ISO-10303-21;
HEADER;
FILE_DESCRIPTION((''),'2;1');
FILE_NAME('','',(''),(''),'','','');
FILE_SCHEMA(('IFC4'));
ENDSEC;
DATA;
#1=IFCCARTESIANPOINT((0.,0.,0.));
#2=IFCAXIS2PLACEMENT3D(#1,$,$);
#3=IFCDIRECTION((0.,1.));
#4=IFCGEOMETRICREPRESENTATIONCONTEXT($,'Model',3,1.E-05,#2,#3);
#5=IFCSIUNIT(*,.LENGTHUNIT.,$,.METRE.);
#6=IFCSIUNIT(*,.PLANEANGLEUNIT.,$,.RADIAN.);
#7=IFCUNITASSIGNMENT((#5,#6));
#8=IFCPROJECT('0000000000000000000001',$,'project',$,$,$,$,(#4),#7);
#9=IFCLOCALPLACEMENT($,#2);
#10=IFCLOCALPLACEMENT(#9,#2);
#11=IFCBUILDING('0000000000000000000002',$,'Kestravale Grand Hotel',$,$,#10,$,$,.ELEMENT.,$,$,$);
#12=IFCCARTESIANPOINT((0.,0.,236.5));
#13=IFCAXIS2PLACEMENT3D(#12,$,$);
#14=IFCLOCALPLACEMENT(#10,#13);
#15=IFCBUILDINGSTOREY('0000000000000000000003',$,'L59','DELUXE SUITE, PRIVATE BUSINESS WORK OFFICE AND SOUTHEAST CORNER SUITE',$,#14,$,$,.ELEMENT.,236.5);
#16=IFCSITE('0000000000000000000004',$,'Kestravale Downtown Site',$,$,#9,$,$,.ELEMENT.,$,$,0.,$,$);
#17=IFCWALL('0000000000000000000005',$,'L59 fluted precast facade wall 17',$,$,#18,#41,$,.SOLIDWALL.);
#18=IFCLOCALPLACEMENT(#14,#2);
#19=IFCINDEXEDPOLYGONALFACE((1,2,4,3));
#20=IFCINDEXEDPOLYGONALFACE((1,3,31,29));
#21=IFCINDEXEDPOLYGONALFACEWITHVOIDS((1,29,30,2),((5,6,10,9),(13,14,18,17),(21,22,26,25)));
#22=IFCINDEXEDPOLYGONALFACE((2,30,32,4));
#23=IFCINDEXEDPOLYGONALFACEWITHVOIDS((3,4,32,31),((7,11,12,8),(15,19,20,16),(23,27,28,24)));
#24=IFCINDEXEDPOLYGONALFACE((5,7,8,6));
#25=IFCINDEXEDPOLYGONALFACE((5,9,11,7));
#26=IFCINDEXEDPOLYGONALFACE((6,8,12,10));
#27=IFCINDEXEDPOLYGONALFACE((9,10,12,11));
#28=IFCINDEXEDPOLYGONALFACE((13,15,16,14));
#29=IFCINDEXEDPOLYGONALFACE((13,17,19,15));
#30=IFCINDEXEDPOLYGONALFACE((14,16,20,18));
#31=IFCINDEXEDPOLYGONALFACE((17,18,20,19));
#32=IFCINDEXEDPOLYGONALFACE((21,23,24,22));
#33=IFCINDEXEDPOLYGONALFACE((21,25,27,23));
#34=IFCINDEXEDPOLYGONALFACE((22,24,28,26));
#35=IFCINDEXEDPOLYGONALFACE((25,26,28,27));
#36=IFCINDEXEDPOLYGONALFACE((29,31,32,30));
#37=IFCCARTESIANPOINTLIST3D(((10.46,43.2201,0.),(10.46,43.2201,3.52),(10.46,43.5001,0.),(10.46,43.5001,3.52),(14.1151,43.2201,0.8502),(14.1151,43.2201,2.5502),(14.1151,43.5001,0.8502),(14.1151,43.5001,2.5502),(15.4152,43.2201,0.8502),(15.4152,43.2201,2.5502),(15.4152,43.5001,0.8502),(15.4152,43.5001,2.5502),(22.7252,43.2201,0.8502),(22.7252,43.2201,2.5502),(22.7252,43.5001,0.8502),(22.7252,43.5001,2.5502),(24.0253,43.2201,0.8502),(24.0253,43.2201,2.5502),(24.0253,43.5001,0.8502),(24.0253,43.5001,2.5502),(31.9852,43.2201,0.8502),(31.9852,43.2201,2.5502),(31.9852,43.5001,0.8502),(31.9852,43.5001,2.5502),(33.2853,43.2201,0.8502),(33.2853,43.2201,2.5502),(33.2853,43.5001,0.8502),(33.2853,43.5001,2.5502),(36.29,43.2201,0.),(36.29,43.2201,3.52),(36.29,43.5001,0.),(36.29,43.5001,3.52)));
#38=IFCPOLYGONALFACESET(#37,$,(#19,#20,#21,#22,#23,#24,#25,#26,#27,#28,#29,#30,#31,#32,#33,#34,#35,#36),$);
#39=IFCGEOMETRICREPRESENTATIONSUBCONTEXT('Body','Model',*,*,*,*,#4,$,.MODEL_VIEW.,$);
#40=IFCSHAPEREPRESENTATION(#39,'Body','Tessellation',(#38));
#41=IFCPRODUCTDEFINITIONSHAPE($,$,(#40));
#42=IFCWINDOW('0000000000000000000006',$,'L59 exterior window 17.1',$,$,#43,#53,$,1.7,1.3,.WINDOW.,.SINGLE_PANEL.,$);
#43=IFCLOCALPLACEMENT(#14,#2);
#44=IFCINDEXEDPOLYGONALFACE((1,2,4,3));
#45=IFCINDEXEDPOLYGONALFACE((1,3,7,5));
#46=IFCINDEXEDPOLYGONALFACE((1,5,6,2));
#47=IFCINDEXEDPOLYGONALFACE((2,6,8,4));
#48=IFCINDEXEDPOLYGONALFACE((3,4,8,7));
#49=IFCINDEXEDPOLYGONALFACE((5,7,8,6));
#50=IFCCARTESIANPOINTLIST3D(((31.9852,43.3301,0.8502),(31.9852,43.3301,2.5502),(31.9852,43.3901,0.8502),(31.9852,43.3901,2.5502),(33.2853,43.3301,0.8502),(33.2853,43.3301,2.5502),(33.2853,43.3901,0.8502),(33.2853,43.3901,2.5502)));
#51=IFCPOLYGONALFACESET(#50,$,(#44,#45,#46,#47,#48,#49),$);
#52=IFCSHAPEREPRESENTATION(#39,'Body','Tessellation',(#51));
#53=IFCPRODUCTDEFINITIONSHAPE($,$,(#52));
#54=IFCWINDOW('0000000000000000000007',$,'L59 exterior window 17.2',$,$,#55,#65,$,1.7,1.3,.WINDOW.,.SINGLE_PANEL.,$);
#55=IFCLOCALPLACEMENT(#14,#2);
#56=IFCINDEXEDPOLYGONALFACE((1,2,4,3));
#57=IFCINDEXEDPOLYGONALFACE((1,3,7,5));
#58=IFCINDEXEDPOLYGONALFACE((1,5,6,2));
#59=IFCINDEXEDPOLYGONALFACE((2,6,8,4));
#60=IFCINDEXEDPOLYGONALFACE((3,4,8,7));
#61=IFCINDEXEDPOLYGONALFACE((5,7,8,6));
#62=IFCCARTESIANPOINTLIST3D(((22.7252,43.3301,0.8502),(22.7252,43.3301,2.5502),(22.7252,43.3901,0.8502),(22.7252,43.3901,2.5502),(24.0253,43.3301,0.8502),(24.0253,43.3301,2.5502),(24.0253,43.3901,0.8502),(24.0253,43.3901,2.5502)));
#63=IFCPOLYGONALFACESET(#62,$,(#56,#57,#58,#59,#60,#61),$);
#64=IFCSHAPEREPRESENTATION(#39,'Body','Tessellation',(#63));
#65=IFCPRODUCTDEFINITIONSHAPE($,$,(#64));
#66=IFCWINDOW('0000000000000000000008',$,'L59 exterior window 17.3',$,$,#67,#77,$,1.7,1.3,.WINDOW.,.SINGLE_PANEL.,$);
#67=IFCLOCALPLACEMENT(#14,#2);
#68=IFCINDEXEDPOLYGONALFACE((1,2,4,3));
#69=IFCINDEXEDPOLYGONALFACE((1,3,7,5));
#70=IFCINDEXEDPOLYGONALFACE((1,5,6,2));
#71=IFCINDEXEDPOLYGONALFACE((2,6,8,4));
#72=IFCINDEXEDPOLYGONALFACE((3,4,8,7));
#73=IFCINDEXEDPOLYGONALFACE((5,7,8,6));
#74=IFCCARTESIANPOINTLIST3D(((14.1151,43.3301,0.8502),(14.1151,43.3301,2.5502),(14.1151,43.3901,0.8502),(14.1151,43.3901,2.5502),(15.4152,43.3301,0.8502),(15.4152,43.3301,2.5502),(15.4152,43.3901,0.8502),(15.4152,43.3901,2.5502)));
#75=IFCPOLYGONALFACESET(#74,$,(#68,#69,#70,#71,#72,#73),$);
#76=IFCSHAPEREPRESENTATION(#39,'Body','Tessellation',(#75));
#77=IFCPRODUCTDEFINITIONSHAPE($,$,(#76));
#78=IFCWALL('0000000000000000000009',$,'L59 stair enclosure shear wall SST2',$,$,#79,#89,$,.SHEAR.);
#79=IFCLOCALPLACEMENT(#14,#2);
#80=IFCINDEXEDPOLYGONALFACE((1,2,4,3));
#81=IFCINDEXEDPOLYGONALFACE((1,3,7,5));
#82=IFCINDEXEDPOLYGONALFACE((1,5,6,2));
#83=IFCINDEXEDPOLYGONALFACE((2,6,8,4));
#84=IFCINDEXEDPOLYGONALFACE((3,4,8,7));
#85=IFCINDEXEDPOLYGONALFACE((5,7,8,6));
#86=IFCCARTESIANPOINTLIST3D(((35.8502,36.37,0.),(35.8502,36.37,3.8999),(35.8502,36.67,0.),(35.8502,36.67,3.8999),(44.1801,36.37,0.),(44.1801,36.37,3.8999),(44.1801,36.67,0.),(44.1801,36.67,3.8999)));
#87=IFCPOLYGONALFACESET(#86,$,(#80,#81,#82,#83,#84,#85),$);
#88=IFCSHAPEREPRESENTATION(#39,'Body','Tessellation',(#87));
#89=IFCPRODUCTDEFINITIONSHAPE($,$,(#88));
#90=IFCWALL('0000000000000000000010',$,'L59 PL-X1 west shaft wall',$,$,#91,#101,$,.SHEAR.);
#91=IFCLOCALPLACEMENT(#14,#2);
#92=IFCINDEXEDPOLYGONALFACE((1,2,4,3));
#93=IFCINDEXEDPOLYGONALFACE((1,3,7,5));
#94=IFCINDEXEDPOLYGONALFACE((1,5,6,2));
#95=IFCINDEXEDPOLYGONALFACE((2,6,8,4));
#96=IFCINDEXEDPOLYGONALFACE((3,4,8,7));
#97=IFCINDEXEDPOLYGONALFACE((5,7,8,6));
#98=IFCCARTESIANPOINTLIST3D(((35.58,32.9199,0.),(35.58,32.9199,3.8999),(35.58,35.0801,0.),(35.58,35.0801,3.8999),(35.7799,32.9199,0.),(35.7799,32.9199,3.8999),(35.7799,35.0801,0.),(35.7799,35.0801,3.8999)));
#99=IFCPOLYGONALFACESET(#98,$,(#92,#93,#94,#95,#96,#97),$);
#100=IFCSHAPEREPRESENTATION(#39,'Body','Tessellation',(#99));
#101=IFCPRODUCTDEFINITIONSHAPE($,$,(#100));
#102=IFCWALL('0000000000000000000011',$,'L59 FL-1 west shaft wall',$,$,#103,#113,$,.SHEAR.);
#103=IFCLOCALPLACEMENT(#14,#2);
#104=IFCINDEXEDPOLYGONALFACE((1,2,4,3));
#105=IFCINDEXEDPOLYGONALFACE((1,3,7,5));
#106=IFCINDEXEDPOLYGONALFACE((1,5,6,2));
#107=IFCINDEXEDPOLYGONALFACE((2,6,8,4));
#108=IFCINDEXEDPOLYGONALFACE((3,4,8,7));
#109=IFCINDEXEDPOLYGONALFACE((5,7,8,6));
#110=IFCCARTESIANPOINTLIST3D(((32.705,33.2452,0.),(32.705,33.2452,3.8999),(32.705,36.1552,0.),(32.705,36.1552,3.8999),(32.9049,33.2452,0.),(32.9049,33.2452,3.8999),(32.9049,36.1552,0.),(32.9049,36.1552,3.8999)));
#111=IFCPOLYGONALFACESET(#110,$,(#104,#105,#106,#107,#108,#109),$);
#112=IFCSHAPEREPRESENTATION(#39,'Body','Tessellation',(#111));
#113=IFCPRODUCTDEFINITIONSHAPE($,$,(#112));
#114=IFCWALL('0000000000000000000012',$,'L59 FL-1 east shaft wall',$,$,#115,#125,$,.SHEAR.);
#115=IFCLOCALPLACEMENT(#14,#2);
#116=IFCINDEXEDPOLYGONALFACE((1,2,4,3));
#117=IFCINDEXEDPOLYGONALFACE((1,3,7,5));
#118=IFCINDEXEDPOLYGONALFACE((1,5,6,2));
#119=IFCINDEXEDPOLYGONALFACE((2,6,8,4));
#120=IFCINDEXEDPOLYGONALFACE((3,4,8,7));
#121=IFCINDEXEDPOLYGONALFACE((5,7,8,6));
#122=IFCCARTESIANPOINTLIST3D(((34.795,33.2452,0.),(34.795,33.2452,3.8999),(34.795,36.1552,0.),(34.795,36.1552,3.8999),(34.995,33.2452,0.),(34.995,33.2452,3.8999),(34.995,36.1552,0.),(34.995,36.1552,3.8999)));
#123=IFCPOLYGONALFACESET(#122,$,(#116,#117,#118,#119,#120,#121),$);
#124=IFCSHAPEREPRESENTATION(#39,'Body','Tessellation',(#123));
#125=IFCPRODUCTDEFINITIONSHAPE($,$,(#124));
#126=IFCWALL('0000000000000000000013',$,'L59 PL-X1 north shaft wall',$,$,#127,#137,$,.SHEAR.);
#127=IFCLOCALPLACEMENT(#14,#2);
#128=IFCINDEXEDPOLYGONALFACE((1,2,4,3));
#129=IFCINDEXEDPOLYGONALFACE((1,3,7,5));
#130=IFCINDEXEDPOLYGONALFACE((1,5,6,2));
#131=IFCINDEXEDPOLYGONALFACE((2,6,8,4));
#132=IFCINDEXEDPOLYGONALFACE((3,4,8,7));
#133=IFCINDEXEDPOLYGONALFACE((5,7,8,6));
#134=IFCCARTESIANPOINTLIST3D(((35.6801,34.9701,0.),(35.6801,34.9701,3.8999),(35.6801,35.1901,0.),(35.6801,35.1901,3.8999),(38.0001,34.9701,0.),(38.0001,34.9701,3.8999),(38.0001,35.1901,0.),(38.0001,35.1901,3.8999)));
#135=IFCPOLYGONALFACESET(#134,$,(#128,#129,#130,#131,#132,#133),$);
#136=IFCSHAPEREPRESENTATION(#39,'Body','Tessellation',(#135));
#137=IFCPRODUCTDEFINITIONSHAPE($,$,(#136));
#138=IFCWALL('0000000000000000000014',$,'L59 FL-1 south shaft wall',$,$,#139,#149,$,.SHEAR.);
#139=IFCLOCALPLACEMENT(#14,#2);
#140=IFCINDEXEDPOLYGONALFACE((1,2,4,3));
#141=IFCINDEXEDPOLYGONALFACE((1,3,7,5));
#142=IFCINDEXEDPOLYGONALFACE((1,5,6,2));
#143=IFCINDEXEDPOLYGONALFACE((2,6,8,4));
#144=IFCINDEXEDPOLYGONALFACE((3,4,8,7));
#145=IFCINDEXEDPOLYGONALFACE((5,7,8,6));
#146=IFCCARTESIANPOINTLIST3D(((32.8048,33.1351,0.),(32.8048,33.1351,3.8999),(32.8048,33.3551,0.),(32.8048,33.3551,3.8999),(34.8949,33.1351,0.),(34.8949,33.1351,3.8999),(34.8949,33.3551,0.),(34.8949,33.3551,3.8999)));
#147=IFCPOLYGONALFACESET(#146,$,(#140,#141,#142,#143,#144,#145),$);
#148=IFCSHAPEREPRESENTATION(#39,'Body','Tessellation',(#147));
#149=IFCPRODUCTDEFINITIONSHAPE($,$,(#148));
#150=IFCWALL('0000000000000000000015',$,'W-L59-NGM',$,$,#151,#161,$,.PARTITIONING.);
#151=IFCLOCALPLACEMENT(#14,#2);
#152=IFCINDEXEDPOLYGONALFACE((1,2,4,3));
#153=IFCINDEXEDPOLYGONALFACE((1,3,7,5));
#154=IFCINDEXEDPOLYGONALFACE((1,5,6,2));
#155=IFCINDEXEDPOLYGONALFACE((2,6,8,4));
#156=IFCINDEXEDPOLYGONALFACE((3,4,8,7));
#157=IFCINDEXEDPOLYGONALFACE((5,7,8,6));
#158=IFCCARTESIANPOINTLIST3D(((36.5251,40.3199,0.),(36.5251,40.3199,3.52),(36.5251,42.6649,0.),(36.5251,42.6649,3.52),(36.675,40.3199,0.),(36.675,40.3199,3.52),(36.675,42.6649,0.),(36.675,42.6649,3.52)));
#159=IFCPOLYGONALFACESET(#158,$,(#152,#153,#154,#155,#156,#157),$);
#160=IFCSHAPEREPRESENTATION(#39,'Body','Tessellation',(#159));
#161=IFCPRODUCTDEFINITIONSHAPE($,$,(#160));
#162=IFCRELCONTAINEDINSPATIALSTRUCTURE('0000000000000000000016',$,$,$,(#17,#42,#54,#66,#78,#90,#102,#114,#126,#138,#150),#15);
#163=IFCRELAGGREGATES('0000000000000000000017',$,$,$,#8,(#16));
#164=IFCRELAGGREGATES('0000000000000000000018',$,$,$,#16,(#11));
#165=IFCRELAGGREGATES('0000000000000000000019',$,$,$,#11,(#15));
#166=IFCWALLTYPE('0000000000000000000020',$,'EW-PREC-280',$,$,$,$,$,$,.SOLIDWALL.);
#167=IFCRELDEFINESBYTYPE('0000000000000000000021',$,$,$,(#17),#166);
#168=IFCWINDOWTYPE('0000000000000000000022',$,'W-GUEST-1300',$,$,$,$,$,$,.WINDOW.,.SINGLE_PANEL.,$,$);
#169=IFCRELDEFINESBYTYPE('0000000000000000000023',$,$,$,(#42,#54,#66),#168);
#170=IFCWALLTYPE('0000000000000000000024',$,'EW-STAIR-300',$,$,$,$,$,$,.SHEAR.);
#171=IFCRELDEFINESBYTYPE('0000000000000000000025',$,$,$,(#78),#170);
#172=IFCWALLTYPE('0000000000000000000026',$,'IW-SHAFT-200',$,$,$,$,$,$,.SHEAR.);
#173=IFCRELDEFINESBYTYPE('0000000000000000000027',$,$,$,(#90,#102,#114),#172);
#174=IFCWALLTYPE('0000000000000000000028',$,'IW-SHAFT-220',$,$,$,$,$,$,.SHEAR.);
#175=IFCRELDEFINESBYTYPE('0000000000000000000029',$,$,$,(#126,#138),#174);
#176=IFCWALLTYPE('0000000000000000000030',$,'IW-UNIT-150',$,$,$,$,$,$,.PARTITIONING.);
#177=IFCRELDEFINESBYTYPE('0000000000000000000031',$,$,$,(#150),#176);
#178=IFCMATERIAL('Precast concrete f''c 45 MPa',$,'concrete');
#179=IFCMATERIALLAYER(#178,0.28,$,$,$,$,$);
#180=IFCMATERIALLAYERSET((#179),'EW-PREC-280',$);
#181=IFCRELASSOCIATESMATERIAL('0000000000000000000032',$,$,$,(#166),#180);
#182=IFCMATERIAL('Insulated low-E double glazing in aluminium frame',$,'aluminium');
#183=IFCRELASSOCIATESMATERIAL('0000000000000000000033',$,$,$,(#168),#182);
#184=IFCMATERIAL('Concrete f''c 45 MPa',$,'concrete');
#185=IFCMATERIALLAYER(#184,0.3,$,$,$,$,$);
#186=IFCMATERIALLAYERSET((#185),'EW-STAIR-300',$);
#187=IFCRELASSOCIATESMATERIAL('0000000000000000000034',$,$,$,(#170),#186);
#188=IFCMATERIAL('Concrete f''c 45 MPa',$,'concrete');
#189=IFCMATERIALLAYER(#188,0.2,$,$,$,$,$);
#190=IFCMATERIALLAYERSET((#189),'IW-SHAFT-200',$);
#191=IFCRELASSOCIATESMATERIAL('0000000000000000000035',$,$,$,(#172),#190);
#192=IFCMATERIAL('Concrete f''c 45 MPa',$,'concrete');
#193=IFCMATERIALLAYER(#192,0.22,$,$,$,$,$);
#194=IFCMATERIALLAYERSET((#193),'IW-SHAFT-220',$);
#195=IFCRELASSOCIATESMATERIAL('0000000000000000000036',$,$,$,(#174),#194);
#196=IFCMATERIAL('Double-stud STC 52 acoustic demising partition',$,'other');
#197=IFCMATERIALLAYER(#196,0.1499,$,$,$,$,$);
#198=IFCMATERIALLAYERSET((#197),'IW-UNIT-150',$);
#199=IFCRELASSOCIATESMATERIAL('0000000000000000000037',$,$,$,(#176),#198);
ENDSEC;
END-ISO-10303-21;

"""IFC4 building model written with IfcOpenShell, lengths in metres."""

from ifc_helpers import new_model, si_unit, direction, frame, frame_2d, origin, place, context, subcontext, project, spatial, rectangle, extrude, material, layer, layer_set, type_object, element, fill, save


model = new_model("IFC4")

# Units and contexts
model_context = context("Model", 3, precision=1e-05, world=origin(), true_north=direction((0.0, 1.0)))
body_context = subcontext(model_context, "Body", "Model", "MODEL_VIEW")
ifc_project = project(units=[si_unit("LENGTHUNIT", "METRE"), si_unit("PLANEANGLEUNIT", "RADIAN")], contexts=[model_context])

# Site, building, storey
site_placement = place(None, origin())
site = spatial("IfcSite", under=ifc_project, at=site_placement, Name="Kestravale Downtown Site", CompositionType="ELEMENT", RefElevation=0.0)
building_placement = place(site_placement, origin())
building = spatial("IfcBuilding", under=site, at=building_placement, Name="Kestravale Grand Hotel", CompositionType="ELEMENT")
storey_placement = place(building_placement, frame((0.0, 0.0, 236.5)))
storey = spatial("IfcBuildingStorey", under=building, at=storey_placement, Name="L59", Description="DELUXE SUITE, PRIVATE BUSINESS WORK OFFICE AND SOUTHEAST CORNER SUITE", CompositionType="ELEMENT", Elevation=236.5)

# Wall, openings, windows
ifc_material_1 = material(Name="Precast concrete f'c 45 MPa", Category="concrete")
ifc_layer_1 = layer(ifc_material_1, 0.28)
ifc_layer_set_1 = layer_set([ifc_layer_1], Name="EW-PREC-280")
wall_type_1 = type_object("IfcWallType", Name="EW-PREC-280", PredefinedType="SOLIDWALL", material=ifc_layer_set_1)
wall_1_placement = place(storey_placement, frame((36.29, 43.3601, 0.0), z_axis=(0.0, 0.0, 1.0), x_axis=(-1.0, 0.0, 0.0)))
wall_1 = element("IfcWall", 1, at=wall_1_placement, inside=storey, type_object=wall_type_1, Name="L59 fluted precast facade wall 17", PredefinedType="SOLIDWALL", context=body_context, shape_type="SweptSolid", body=[
    extrude(rectangle(XDim=25.8301, YDim=0.28, at=frame_2d((12.915, 0.0))), origin(), (0.0, 0.0, 1.0), 3.52),
])
opening_1_placement = place(wall_1_placement, frame((3.0049, 0.0, 0.8501)))
opening_1 = element("IfcOpeningElement", 2, at=opening_1_placement, cuts=wall_1, PredefinedType="OPENING", context=body_context, shape_type="SweptSolid", body=[
    extrude(rectangle(XDim=1.3, YDim=1.7, at=frame_2d((0.6499, 0.8501))), frame((0.0, 0.1499, 0.0), z_axis=(0.0, -1.0, 0.0), x_axis=(1.0, 0.0, 0.0)), (0.0, 0.0, 1.0), 0.3),
])
opening_2_placement = place(wall_1_placement, frame((12.2649, 0.0, 0.8501)))
opening_2 = element("IfcOpeningElement", 3, at=opening_2_placement, cuts=wall_1, PredefinedType="OPENING", context=body_context, shape_type="SweptSolid", body=[
    extrude(rectangle(XDim=1.3, YDim=1.7, at=frame_2d((0.6499, 0.8501))), frame((0.0, 0.1499, 0.0), z_axis=(0.0, -1.0, 0.0), x_axis=(1.0, 0.0, 0.0)), (0.0, 0.0, 1.0), 0.3),
])
opening_3_placement = place(wall_1_placement, frame((20.875, 0.0, 0.8501)))
opening_3 = element("IfcOpeningElement", 4, at=opening_3_placement, cuts=wall_1, PredefinedType="OPENING", context=body_context, shape_type="SweptSolid", body=[
    extrude(rectangle(XDim=1.3, YDim=1.7, at=frame_2d((0.6499, 0.8501))), frame((0.0, 0.1499, 0.0), z_axis=(0.0, -1.0, 0.0), x_axis=(1.0, 0.0, 0.0)), (0.0, 0.0, 1.0), 0.3),
])
ifc_material_2 = material(Name="Insulated low-E double glazing in aluminium frame", Category="aluminium")
window_type = type_object("IfcWindowType", Name="W-GUEST-1300", PartitioningType="SINGLE_PANEL", PredefinedType="WINDOW", material=ifc_material_2)
window_1_placement = place(opening_1_placement, origin())
window_1 = element("IfcWindow", 5, at=window_1_placement, inside=storey, type_object=window_type, Name="L59 exterior window 17.1", OverallHeight=1.7, OverallWidth=1.3, PartitioningType="SINGLE_PANEL", PredefinedType="WINDOW", context=body_context, shape_type="SweptSolid", body=[
    extrude(rectangle(XDim=1.3, YDim=1.7, at=frame_2d((0.6499, 0.8501))), frame((0.0, 0.03, 0.0), z_axis=(0.0, -1.0, 0.0), x_axis=(1.0, 0.0, 0.0)), (0.0, 0.0, 1.0), 0.0601),
])
fill(opening_1, window_1)
window_2_placement = place(opening_2_placement, origin())
window_2 = element("IfcWindow", 6, at=window_2_placement, inside=storey, type_object=window_type, Name="L59 exterior window 17.2", OverallHeight=1.7, OverallWidth=1.3, PartitioningType="SINGLE_PANEL", PredefinedType="WINDOW", context=body_context, shape_type="SweptSolid", body=[
    extrude(rectangle(XDim=1.3, YDim=1.7, at=frame_2d((0.6499, 0.8501))), frame((0.0, 0.03, 0.0), z_axis=(0.0, -1.0, 0.0), x_axis=(1.0, 0.0, 0.0)), (0.0, 0.0, 1.0), 0.0601),
])
fill(opening_2, window_2)
window_3_placement = place(opening_3_placement, origin())
window_3 = element("IfcWindow", 7, at=window_3_placement, inside=storey, type_object=window_type, Name="L59 exterior window 17.3", OverallHeight=1.7, OverallWidth=1.3, PartitioningType="SINGLE_PANEL", PredefinedType="WINDOW", context=body_context, shape_type="SweptSolid", body=[
    extrude(rectangle(XDim=1.3, YDim=1.7, at=frame_2d((0.6499, 0.8501))), frame((0.0, 0.03, 0.0), z_axis=(0.0, -1.0, 0.0), x_axis=(1.0, 0.0, 0.0)), (0.0, 0.0, 1.0), 0.0601),
])
fill(opening_3, window_3)

# Wall
ifc_material_3 = material(Name="Concrete f'c 45 MPa", Category="concrete")
ifc_layer_2 = layer(ifc_material_3, 0.3)
ifc_layer_set_2 = layer_set([ifc_layer_2], Name="EW-STAIR-300")
wall_type_2 = type_object("IfcWallType", Name="EW-STAIR-300", PredefinedType="SHEAR", material=ifc_layer_set_2)
wall_2_placement = place(storey_placement, frame((35.8501, 36.52, 0.0), z_axis=(0.0, 0.0, 1.0), x_axis=(1.0, 0.0, 0.0)))
element("IfcWall", 8, at=wall_2_placement, inside=storey, type_object=wall_type_2, Name="L59 stair enclosure shear wall SST2", PredefinedType="SHEAR", context=body_context, shape_type="SweptSolid", body=[
    extrude(rectangle(XDim=8.3298, YDim=0.3, at=frame_2d((4.165, 0.0))), origin(), (0.0, 0.0, 1.0), 3.8999),
])

# Walls
ifc_material_4 = material(Name="Concrete f'c 45 MPa", Category="concrete")
ifc_layer_3 = layer(ifc_material_4, 0.2)
ifc_layer_set_3 = layer_set([ifc_layer_3], Name="IW-SHAFT-200")
wall_type_3 = type_object("IfcWallType", Name="IW-SHAFT-200", PredefinedType="SHEAR", material=ifc_layer_set_3)
wall_3_placement = place(storey_placement, frame((35.6799, 32.9199, 0.0), z_axis=(0.0, 0.0, 1.0), x_axis=(0.0, 1.0, 0.0)))
element("IfcWall", 9, at=wall_3_placement, inside=storey, type_object=wall_type_3, Name="L59 PL-X1 west shaft wall", PredefinedType="SHEAR", context=body_context, shape_type="SweptSolid", body=[
    extrude(rectangle(XDim=2.1602, YDim=0.2, at=frame_2d((1.0801, 0.0))), origin(), (0.0, 0.0, 1.0), 3.8999),
])
for number, where, z_axis, x_axis, name in (
    (10, (32.8049, 33.2451, 0.0), (0.0, 0.0, 1.0), (0.0, 1.0, 0.0), "L59 FL-1 west shaft wall"),
    (11, (34.895, 33.2451, 0.0), (0.0, 0.0, 1.0), (0.0, 1.0, 0.0), "L59 FL-1 east shaft wall"),
):
    element("IfcWall", number, at=place(storey_placement, frame(where, z_axis=z_axis, x_axis=x_axis)), inside=storey, type_object=wall_type_3, Name=name, PredefinedType="SHEAR", context=body_context, shape_type="SweptSolid", body=[
        extrude(rectangle(XDim=2.9099, YDim=0.2, at=frame_2d((1.4551, 0.0))), origin(), (0.0, 0.0, 1.0), 3.8999),
    ])
ifc_material_5 = material(Name="Concrete f'c 45 MPa", Category="concrete")
ifc_layer_4 = layer(ifc_material_5, 0.22)
ifc_layer_set_4 = layer_set([ifc_layer_4], Name="IW-SHAFT-220")
wall_type_4 = type_object("IfcWallType", Name="IW-SHAFT-220", PredefinedType="SHEAR", material=ifc_layer_set_4)
wall_4_placement = place(storey_placement, frame((35.6799, 35.0801, 0.0), z_axis=(0.0, 0.0, 1.0), x_axis=(1.0, 0.0, 0.0)))
element("IfcWall", 12, at=wall_4_placement, inside=storey, type_object=wall_type_4, Name="L59 PL-X1 north shaft wall", PredefinedType="SHEAR", context=body_context, shape_type="SweptSolid", body=[
    extrude(rectangle(XDim=2.3201, YDim=0.22, at=frame_2d((1.1602, 0.0))), origin(), (0.0, 0.0, 1.0), 3.8999),
])

# Walls
wall_5_placement = place(storey_placement, frame((32.8049, 33.2451, 0.0), z_axis=(0.0, 0.0, 1.0), x_axis=(1.0, 0.0, 0.0)))
element("IfcWall", 13, at=wall_5_placement, inside=storey, type_object=wall_type_4, Name="L59 FL-1 south shaft wall", PredefinedType="SHEAR", context=body_context, shape_type="SweptSolid", body=[
    extrude(rectangle(XDim=2.0901, YDim=0.22, at=frame_2d((1.0449, 0.0))), origin(), (0.0, 0.0, 1.0), 3.8999),
])
ifc_material_6 = material(Name="Double-stud STC 52 acoustic demising partition", Category="other")
ifc_layer_5 = layer(ifc_material_6, 0.1499)
ifc_layer_set_5 = layer_set([ifc_layer_5], Name="IW-UNIT-150")
wall_type_5 = type_object("IfcWallType", Name="IW-UNIT-150", PredefinedType="PARTITIONING", material=ifc_layer_set_5)
wall_6_placement = place(storey_placement, frame((36.6001, 40.3201, 0.0), z_axis=(0.0, 0.0, 1.0), x_axis=(0.0, 1.0, 0.0)))
element("IfcWall", 14, at=wall_6_placement, inside=storey, type_object=wall_type_5, Name="W-L59-NGM", PredefinedType="PARTITIONING", context=body_context, shape_type="SweptSolid", body=[
    extrude(rectangle(XDim=2.345, YDim=0.1499, at=frame_2d((1.1724, 0.0))), origin(), (0.0, 0.0, 1.0), 3.52),
])

save(model, "model.ifc")
